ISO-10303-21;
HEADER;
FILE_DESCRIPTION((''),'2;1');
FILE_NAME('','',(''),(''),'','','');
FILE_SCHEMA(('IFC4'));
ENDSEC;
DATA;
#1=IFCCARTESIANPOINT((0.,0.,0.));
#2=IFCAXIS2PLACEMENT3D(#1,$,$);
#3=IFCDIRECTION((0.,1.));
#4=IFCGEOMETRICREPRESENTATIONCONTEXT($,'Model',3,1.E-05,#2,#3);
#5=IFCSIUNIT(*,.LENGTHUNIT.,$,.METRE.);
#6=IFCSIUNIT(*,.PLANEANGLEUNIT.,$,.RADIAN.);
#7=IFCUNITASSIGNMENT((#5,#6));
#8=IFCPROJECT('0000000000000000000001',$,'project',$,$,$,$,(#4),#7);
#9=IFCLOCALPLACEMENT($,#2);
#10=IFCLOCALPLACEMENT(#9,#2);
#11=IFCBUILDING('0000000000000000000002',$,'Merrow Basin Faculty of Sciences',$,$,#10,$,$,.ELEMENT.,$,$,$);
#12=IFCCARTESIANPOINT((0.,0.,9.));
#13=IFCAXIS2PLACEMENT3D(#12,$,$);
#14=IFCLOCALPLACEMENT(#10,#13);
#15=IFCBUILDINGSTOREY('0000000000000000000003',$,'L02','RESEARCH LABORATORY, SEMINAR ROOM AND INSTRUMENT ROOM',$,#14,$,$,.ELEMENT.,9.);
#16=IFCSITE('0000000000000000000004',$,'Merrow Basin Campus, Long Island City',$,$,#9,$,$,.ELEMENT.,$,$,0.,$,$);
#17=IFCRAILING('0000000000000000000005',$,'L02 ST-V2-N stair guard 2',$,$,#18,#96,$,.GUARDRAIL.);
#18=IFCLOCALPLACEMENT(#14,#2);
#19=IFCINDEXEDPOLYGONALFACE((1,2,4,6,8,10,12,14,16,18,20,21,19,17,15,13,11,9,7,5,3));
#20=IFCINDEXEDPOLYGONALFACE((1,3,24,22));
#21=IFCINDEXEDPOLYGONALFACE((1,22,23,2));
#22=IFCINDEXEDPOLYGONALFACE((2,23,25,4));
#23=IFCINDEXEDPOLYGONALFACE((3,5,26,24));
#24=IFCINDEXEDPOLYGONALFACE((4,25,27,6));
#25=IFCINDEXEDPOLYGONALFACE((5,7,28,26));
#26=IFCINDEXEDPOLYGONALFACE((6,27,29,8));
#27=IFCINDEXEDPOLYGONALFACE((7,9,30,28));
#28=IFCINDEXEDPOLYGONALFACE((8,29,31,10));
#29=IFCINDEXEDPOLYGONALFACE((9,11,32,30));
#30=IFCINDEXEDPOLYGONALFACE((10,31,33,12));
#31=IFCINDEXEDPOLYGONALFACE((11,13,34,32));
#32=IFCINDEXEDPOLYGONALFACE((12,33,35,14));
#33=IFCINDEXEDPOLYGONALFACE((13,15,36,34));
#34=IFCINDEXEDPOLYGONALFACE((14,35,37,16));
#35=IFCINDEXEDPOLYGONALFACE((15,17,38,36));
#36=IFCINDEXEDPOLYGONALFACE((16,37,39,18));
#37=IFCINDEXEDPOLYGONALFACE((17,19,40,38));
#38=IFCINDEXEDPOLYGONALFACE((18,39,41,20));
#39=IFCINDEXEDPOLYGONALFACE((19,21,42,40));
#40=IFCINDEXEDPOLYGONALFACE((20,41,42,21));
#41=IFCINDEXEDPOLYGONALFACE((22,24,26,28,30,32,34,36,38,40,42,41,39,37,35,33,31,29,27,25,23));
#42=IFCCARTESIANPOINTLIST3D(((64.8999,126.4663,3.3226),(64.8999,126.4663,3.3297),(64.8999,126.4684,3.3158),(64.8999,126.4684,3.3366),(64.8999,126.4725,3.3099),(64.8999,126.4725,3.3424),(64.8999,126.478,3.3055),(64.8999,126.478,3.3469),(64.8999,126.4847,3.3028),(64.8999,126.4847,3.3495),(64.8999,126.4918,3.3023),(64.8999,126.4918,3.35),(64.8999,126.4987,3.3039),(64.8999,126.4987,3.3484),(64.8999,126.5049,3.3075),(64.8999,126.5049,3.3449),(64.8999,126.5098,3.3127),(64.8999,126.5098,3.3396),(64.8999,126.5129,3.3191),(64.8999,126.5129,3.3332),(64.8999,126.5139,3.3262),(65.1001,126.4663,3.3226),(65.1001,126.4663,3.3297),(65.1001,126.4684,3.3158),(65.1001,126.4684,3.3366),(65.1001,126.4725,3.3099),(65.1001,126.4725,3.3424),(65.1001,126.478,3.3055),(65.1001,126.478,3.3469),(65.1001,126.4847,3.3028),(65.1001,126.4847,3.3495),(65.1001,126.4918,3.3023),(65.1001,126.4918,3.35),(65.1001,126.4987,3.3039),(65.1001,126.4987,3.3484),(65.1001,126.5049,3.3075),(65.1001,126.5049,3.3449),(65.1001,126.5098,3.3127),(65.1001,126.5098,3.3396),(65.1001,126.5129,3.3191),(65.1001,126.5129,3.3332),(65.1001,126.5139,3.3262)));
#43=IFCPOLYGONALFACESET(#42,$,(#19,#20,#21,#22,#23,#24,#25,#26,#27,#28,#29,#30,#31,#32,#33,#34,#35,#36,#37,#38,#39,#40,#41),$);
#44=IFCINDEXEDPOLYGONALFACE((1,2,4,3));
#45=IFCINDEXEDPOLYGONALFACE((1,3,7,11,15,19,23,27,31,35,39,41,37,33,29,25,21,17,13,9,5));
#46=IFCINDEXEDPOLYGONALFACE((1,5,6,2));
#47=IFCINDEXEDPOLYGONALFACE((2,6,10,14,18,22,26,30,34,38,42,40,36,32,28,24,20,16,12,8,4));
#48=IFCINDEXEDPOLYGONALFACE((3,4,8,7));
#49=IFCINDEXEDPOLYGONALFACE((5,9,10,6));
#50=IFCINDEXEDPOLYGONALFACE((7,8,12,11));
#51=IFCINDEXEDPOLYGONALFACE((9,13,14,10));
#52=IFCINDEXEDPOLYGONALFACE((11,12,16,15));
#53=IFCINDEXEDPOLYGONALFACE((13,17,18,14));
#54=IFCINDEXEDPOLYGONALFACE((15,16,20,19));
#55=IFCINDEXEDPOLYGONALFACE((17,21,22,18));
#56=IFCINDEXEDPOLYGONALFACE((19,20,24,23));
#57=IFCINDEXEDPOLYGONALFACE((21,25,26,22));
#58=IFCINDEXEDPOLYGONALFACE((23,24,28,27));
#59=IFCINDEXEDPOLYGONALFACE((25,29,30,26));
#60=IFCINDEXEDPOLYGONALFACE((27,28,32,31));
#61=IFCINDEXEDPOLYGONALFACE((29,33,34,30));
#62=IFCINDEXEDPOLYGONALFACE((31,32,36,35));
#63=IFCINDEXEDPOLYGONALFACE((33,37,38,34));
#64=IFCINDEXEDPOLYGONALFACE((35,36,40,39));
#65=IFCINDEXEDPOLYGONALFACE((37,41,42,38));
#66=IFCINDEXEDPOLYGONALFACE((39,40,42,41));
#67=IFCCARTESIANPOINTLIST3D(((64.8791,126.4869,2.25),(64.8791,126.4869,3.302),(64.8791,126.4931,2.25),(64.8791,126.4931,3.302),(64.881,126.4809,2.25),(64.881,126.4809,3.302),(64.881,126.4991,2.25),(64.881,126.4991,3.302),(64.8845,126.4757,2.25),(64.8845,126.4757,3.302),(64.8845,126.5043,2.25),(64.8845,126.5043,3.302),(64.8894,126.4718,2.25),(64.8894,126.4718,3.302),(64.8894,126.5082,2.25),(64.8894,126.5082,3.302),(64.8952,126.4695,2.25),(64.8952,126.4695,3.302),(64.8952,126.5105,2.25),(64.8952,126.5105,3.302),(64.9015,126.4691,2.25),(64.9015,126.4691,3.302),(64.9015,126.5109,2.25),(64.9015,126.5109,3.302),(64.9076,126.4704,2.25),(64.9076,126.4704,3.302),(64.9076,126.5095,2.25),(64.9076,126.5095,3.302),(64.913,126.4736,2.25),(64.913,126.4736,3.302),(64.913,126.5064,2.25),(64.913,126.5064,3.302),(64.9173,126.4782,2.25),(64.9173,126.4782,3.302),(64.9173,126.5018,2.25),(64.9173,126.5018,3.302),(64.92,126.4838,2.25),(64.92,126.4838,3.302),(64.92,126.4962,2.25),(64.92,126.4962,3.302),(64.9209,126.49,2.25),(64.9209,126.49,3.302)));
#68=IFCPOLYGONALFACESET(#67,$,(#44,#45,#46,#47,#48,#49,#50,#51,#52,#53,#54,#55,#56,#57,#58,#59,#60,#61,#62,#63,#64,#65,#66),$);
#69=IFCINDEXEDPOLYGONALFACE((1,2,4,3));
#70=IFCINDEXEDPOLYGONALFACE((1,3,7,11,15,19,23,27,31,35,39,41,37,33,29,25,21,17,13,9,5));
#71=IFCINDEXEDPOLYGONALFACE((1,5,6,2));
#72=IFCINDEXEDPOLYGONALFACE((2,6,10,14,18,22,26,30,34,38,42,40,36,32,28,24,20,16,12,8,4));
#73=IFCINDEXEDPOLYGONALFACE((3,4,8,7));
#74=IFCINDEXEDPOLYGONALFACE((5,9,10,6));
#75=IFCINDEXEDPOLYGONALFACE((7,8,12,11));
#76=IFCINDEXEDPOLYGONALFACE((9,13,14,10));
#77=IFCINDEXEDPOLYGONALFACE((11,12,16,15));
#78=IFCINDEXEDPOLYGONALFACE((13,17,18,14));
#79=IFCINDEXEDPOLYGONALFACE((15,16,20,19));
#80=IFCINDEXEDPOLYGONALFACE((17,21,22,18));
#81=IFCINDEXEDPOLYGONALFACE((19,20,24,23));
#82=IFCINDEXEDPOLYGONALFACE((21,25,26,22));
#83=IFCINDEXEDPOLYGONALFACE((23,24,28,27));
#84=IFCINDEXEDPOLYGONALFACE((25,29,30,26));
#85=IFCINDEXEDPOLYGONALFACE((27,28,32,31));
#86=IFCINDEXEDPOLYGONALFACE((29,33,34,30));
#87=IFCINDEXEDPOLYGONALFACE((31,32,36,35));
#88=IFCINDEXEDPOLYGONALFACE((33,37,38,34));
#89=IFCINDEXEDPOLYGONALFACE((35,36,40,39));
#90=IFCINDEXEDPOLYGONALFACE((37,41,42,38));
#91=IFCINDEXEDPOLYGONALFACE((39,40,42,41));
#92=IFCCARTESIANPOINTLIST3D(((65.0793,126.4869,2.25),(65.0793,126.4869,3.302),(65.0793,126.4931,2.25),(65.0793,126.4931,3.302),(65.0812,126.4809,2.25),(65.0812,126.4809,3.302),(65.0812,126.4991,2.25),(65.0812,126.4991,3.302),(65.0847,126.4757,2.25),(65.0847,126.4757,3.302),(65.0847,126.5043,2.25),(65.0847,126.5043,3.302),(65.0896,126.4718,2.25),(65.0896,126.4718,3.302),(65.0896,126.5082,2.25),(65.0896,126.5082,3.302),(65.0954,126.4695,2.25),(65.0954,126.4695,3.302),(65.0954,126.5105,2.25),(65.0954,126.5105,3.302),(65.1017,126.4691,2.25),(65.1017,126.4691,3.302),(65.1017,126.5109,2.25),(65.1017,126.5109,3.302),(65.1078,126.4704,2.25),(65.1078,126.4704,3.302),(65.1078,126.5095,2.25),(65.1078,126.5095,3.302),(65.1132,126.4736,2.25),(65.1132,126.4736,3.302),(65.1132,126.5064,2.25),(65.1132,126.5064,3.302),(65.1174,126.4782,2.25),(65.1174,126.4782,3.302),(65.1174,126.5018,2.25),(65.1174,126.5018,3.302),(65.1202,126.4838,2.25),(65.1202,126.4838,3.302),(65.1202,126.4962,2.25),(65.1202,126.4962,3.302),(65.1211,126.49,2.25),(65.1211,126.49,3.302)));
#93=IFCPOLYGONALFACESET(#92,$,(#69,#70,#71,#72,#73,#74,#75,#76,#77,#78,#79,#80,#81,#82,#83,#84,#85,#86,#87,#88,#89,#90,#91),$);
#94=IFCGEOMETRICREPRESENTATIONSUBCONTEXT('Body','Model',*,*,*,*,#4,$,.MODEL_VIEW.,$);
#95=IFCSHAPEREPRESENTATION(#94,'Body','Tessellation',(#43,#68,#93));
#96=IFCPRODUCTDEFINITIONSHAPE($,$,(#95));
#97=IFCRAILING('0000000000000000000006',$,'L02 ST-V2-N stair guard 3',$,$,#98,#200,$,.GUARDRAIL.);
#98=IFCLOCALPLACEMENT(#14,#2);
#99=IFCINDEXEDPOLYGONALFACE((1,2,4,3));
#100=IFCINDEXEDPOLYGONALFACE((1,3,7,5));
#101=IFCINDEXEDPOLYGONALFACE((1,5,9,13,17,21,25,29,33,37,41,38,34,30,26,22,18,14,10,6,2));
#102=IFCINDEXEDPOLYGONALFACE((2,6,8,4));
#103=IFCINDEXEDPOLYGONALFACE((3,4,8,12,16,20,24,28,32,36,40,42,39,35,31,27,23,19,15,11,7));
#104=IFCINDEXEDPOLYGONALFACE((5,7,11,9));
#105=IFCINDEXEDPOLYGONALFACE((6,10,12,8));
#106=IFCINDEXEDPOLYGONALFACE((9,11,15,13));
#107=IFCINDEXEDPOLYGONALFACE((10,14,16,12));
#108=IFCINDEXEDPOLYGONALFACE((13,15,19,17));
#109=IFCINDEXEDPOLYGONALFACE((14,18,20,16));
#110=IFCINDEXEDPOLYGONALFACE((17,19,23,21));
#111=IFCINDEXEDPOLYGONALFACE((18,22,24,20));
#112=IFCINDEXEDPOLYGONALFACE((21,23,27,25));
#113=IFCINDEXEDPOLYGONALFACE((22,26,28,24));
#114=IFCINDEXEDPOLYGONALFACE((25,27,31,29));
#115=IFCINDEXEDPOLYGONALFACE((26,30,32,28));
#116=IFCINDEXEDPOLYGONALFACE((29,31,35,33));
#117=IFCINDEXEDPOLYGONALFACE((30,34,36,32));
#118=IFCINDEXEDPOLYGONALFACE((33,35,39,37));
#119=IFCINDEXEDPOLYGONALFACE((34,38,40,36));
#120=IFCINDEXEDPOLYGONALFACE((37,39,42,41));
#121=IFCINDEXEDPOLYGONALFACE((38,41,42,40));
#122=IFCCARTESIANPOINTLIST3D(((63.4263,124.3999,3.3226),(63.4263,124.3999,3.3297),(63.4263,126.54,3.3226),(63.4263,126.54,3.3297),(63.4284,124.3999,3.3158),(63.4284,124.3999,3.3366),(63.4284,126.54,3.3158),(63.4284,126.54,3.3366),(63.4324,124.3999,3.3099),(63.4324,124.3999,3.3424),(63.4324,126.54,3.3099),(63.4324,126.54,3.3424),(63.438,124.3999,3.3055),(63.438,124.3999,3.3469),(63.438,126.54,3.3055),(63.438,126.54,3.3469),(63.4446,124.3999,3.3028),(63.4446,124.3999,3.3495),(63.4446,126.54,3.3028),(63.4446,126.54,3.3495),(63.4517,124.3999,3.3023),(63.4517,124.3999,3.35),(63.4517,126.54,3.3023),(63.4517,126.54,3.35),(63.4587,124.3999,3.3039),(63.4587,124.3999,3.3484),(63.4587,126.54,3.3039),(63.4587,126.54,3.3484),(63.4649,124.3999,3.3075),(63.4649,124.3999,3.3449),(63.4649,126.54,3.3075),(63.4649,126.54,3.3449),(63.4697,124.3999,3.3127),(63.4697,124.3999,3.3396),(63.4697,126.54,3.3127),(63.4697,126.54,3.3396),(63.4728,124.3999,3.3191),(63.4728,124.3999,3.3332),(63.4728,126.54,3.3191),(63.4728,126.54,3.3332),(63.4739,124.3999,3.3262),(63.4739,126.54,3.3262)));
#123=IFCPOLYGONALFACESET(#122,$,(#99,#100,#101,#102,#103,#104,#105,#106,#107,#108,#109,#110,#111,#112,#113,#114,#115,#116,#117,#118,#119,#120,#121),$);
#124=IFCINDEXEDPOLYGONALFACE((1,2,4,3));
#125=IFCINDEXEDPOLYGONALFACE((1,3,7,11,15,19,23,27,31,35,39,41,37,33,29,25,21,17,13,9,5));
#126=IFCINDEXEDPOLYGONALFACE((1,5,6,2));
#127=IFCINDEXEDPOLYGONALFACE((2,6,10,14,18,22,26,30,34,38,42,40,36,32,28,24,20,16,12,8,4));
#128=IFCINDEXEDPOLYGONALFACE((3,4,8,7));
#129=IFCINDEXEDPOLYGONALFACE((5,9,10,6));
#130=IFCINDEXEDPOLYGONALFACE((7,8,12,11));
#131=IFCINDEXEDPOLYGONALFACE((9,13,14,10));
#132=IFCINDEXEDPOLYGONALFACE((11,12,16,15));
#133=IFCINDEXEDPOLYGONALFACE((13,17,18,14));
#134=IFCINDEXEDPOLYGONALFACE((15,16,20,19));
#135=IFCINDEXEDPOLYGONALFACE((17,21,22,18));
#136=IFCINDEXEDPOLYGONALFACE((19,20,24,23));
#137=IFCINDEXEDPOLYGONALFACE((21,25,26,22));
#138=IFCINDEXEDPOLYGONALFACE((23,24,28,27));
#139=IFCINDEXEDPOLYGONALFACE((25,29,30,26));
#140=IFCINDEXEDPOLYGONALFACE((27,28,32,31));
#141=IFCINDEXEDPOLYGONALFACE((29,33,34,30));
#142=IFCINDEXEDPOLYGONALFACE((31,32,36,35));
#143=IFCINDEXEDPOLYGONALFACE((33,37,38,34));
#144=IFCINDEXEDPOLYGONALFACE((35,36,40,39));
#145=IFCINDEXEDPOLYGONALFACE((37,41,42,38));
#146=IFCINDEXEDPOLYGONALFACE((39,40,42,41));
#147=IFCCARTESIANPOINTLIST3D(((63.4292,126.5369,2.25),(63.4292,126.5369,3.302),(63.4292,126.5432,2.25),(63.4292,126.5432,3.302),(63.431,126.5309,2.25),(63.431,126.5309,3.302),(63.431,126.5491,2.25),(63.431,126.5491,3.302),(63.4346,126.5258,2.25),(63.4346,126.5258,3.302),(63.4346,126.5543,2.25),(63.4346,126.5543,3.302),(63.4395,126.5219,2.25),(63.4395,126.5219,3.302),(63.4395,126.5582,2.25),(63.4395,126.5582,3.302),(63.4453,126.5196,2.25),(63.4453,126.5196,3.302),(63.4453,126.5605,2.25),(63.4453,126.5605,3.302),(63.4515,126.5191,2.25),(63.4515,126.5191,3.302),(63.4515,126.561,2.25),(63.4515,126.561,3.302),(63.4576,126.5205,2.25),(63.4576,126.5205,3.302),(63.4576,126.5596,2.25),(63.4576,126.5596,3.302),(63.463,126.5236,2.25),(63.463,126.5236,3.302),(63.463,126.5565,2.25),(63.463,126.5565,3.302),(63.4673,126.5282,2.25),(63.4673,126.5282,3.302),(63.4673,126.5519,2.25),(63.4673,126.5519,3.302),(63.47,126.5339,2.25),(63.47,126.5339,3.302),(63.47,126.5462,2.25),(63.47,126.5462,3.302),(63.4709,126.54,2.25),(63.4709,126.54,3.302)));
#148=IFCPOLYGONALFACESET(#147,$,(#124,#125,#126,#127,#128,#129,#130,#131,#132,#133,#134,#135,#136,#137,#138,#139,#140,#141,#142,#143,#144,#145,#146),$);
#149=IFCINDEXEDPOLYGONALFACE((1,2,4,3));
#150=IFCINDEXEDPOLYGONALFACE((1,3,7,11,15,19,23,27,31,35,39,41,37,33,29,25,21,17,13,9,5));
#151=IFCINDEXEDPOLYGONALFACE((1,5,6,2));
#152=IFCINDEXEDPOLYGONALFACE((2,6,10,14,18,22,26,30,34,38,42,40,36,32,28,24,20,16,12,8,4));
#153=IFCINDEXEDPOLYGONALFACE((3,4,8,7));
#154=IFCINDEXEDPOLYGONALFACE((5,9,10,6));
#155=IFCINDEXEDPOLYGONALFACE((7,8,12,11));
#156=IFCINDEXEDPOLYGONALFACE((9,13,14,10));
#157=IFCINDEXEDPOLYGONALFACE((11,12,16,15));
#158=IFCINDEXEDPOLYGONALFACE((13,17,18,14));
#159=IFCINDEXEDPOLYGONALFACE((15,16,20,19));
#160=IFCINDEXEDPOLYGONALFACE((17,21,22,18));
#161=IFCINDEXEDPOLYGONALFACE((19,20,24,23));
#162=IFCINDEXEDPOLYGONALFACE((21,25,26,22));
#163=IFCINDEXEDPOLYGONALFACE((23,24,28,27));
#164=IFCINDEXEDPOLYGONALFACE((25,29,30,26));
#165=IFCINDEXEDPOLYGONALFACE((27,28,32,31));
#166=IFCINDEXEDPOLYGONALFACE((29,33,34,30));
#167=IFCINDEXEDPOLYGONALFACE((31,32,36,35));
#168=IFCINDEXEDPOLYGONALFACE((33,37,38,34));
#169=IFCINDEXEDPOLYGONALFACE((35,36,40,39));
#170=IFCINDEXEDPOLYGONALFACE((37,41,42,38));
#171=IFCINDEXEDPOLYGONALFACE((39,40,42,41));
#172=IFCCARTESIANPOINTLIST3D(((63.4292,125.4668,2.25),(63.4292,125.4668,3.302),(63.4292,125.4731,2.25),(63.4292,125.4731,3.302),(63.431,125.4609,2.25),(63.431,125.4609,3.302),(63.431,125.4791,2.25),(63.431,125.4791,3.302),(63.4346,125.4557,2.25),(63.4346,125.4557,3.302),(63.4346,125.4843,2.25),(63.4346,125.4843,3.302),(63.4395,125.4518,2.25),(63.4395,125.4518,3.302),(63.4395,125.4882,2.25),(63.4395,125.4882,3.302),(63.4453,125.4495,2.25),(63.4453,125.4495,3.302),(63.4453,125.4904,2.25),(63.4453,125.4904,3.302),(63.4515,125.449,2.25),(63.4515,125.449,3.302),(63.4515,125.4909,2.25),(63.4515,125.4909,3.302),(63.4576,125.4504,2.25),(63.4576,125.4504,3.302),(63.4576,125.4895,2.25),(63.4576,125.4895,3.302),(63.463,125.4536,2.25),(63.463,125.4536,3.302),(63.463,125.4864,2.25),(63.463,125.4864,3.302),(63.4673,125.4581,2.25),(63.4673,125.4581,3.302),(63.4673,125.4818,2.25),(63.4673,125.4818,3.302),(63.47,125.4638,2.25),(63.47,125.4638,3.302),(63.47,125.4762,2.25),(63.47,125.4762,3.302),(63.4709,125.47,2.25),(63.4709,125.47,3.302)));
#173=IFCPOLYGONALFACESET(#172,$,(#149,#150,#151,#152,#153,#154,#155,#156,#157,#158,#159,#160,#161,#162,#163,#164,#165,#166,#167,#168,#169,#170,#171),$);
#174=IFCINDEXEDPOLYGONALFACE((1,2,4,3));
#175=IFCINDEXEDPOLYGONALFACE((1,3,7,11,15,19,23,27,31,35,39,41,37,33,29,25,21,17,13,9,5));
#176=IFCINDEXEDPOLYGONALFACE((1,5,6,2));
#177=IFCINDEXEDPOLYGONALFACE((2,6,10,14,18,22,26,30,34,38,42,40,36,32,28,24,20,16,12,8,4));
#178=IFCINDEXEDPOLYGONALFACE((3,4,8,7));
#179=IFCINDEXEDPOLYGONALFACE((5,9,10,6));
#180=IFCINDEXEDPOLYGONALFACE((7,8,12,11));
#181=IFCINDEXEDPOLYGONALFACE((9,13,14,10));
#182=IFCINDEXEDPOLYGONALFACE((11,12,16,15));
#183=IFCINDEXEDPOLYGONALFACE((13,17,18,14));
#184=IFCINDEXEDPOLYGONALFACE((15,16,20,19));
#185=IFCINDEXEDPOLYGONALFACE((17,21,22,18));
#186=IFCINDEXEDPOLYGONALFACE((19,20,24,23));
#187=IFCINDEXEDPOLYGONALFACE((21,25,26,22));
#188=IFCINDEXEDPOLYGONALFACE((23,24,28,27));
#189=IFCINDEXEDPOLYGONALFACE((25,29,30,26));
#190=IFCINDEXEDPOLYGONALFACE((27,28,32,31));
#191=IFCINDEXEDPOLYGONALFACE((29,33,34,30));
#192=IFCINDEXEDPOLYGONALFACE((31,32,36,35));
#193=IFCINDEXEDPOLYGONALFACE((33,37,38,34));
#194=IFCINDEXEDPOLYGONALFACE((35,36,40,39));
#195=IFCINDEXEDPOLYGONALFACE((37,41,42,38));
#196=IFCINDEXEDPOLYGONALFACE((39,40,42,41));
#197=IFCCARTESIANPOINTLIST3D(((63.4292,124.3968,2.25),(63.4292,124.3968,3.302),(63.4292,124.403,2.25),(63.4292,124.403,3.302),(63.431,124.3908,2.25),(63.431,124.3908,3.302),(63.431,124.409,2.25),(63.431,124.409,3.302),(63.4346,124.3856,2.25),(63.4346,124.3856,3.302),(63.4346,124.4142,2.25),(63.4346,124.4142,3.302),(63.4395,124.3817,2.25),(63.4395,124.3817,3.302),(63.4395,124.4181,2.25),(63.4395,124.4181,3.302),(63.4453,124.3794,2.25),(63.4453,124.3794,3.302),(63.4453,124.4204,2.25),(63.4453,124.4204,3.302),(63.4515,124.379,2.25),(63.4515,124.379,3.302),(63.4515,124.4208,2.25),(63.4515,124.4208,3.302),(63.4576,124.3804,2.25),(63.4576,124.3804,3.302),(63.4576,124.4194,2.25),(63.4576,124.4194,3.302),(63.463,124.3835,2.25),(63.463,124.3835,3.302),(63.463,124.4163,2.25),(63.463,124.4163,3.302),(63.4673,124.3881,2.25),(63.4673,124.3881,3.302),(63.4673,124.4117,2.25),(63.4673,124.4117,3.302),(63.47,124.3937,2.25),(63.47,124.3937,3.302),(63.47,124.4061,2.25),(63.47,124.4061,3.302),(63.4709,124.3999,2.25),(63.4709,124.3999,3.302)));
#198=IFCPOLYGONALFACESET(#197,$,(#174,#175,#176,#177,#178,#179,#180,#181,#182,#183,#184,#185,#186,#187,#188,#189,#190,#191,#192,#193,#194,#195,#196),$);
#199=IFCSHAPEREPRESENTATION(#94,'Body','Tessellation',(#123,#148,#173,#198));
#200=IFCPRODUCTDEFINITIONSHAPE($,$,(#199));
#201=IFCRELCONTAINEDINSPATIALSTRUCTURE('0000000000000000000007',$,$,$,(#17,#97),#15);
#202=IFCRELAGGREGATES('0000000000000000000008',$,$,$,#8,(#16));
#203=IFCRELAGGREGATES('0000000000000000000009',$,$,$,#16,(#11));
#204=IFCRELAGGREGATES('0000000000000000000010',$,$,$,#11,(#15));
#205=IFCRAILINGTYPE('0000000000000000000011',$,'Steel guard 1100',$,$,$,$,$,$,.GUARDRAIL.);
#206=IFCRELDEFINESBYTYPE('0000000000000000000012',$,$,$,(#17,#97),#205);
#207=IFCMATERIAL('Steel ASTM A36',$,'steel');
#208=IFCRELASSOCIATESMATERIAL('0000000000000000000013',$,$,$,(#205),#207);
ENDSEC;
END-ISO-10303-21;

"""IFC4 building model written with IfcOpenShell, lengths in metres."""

from ifc_helpers import new_model, si_unit, direction, frame, origin, origin_2d, place, context, subcontext, project, spatial, circle, extrude, material, type_object, element, save


model = new_model("IFC4")

# Units and contexts
model_context = context("Model", 3, precision=1e-05, world=origin(), true_north=direction((0.0, 1.0)))
body_context = subcontext(model_context, "Body", "Model", "MODEL_VIEW")
ifc_project = project(units=[si_unit("LENGTHUNIT", "METRE"), si_unit("PLANEANGLEUNIT", "RADIAN")], contexts=[model_context])

# Site, building, storey
site_placement = place(None, origin())
site = spatial("IfcSite", under=ifc_project, at=site_placement, Name="Merrow Basin Campus, Long Island City", CompositionType="ELEMENT", RefElevation=0.0)
building_placement = place(site_placement, origin())
building = spatial("IfcBuilding", under=site, at=building_placement, Name="Merrow Basin Faculty of Sciences", CompositionType="ELEMENT")
storey_placement = place(building_placement, frame((0.0, 0.0, 9.0)))
storey = spatial("IfcBuildingStorey", under=building, at=storey_placement, Name="L02", Description="RESEARCH LABORATORY, SEMINAR ROOM AND INSTRUMENT ROOM", CompositionType="ELEMENT", Elevation=9.0)

# Railings
ifc_material_1 = material(Name="Steel ASTM A36", Category="steel")
railing_type_1 = type_object("IfcRailingType", Name="Steel guard 1100", PredefinedType="GUARDRAIL", material=ifc_material_1)
railing_1_placement = place(storey_placement, frame((64.8999, 126.49, 2.25)))
element("IfcRailing", 1, at=railing_1_placement, inside=storey, type_object=railing_type_1, Name="L02 ST-V2-N stair guard 2", PredefinedType="GUARDRAIL", context=body_context, shape_type="SweptSolid", body=[
    extrude(circle(Radius=0.0239, at=origin_2d()), frame((0.0, 0.0, 1.0762), z_axis=(1.0, 0.0, 0.0), x_axis=(0.0, 1.0, 0.0)), (0.0, 0.0, 1.0), 0.2002),
    extrude(circle(Radius=0.021, at=origin_2d()), origin(), (0.0, 0.0, 1.0), 1.052),
    extrude(circle(Radius=0.021, at=origin_2d()), frame((0.2002, 0.0, 0.0)), (0.0, 0.0, 1.0), 1.052),
])
railing_2_placement = place(storey_placement, frame((63.45, 126.54, 2.25)))
element("IfcRailing", 2, at=railing_2_placement, inside=storey, type_object=railing_type_1, Name="L02 ST-V2-N stair guard 3", PredefinedType="GUARDRAIL", context=body_context, shape_type="SweptSolid", body=[
    extrude(circle(Radius=0.0239, at=origin_2d()), frame((0.0, 0.0, 1.0762), z_axis=(0.0, -1.0, 0.0), x_axis=(1.0, 0.0, 0.0)), (0.0, 0.0, 1.0), 2.1401),
    extrude(circle(Radius=0.021, at=origin_2d()), origin(), (0.0, 0.0, 1.0), 1.052),
    extrude(circle(Radius=0.021, at=origin_2d()), frame((0.0, -1.0701, 0.0)), (0.0, 0.0, 1.0), 1.052),
    extrude(circle(Radius=0.021, at=origin_2d()), frame((0.0, -2.1401, 0.0)), (0.0, 0.0, 1.0), 1.052),
])

save(model, "model.ifc")
